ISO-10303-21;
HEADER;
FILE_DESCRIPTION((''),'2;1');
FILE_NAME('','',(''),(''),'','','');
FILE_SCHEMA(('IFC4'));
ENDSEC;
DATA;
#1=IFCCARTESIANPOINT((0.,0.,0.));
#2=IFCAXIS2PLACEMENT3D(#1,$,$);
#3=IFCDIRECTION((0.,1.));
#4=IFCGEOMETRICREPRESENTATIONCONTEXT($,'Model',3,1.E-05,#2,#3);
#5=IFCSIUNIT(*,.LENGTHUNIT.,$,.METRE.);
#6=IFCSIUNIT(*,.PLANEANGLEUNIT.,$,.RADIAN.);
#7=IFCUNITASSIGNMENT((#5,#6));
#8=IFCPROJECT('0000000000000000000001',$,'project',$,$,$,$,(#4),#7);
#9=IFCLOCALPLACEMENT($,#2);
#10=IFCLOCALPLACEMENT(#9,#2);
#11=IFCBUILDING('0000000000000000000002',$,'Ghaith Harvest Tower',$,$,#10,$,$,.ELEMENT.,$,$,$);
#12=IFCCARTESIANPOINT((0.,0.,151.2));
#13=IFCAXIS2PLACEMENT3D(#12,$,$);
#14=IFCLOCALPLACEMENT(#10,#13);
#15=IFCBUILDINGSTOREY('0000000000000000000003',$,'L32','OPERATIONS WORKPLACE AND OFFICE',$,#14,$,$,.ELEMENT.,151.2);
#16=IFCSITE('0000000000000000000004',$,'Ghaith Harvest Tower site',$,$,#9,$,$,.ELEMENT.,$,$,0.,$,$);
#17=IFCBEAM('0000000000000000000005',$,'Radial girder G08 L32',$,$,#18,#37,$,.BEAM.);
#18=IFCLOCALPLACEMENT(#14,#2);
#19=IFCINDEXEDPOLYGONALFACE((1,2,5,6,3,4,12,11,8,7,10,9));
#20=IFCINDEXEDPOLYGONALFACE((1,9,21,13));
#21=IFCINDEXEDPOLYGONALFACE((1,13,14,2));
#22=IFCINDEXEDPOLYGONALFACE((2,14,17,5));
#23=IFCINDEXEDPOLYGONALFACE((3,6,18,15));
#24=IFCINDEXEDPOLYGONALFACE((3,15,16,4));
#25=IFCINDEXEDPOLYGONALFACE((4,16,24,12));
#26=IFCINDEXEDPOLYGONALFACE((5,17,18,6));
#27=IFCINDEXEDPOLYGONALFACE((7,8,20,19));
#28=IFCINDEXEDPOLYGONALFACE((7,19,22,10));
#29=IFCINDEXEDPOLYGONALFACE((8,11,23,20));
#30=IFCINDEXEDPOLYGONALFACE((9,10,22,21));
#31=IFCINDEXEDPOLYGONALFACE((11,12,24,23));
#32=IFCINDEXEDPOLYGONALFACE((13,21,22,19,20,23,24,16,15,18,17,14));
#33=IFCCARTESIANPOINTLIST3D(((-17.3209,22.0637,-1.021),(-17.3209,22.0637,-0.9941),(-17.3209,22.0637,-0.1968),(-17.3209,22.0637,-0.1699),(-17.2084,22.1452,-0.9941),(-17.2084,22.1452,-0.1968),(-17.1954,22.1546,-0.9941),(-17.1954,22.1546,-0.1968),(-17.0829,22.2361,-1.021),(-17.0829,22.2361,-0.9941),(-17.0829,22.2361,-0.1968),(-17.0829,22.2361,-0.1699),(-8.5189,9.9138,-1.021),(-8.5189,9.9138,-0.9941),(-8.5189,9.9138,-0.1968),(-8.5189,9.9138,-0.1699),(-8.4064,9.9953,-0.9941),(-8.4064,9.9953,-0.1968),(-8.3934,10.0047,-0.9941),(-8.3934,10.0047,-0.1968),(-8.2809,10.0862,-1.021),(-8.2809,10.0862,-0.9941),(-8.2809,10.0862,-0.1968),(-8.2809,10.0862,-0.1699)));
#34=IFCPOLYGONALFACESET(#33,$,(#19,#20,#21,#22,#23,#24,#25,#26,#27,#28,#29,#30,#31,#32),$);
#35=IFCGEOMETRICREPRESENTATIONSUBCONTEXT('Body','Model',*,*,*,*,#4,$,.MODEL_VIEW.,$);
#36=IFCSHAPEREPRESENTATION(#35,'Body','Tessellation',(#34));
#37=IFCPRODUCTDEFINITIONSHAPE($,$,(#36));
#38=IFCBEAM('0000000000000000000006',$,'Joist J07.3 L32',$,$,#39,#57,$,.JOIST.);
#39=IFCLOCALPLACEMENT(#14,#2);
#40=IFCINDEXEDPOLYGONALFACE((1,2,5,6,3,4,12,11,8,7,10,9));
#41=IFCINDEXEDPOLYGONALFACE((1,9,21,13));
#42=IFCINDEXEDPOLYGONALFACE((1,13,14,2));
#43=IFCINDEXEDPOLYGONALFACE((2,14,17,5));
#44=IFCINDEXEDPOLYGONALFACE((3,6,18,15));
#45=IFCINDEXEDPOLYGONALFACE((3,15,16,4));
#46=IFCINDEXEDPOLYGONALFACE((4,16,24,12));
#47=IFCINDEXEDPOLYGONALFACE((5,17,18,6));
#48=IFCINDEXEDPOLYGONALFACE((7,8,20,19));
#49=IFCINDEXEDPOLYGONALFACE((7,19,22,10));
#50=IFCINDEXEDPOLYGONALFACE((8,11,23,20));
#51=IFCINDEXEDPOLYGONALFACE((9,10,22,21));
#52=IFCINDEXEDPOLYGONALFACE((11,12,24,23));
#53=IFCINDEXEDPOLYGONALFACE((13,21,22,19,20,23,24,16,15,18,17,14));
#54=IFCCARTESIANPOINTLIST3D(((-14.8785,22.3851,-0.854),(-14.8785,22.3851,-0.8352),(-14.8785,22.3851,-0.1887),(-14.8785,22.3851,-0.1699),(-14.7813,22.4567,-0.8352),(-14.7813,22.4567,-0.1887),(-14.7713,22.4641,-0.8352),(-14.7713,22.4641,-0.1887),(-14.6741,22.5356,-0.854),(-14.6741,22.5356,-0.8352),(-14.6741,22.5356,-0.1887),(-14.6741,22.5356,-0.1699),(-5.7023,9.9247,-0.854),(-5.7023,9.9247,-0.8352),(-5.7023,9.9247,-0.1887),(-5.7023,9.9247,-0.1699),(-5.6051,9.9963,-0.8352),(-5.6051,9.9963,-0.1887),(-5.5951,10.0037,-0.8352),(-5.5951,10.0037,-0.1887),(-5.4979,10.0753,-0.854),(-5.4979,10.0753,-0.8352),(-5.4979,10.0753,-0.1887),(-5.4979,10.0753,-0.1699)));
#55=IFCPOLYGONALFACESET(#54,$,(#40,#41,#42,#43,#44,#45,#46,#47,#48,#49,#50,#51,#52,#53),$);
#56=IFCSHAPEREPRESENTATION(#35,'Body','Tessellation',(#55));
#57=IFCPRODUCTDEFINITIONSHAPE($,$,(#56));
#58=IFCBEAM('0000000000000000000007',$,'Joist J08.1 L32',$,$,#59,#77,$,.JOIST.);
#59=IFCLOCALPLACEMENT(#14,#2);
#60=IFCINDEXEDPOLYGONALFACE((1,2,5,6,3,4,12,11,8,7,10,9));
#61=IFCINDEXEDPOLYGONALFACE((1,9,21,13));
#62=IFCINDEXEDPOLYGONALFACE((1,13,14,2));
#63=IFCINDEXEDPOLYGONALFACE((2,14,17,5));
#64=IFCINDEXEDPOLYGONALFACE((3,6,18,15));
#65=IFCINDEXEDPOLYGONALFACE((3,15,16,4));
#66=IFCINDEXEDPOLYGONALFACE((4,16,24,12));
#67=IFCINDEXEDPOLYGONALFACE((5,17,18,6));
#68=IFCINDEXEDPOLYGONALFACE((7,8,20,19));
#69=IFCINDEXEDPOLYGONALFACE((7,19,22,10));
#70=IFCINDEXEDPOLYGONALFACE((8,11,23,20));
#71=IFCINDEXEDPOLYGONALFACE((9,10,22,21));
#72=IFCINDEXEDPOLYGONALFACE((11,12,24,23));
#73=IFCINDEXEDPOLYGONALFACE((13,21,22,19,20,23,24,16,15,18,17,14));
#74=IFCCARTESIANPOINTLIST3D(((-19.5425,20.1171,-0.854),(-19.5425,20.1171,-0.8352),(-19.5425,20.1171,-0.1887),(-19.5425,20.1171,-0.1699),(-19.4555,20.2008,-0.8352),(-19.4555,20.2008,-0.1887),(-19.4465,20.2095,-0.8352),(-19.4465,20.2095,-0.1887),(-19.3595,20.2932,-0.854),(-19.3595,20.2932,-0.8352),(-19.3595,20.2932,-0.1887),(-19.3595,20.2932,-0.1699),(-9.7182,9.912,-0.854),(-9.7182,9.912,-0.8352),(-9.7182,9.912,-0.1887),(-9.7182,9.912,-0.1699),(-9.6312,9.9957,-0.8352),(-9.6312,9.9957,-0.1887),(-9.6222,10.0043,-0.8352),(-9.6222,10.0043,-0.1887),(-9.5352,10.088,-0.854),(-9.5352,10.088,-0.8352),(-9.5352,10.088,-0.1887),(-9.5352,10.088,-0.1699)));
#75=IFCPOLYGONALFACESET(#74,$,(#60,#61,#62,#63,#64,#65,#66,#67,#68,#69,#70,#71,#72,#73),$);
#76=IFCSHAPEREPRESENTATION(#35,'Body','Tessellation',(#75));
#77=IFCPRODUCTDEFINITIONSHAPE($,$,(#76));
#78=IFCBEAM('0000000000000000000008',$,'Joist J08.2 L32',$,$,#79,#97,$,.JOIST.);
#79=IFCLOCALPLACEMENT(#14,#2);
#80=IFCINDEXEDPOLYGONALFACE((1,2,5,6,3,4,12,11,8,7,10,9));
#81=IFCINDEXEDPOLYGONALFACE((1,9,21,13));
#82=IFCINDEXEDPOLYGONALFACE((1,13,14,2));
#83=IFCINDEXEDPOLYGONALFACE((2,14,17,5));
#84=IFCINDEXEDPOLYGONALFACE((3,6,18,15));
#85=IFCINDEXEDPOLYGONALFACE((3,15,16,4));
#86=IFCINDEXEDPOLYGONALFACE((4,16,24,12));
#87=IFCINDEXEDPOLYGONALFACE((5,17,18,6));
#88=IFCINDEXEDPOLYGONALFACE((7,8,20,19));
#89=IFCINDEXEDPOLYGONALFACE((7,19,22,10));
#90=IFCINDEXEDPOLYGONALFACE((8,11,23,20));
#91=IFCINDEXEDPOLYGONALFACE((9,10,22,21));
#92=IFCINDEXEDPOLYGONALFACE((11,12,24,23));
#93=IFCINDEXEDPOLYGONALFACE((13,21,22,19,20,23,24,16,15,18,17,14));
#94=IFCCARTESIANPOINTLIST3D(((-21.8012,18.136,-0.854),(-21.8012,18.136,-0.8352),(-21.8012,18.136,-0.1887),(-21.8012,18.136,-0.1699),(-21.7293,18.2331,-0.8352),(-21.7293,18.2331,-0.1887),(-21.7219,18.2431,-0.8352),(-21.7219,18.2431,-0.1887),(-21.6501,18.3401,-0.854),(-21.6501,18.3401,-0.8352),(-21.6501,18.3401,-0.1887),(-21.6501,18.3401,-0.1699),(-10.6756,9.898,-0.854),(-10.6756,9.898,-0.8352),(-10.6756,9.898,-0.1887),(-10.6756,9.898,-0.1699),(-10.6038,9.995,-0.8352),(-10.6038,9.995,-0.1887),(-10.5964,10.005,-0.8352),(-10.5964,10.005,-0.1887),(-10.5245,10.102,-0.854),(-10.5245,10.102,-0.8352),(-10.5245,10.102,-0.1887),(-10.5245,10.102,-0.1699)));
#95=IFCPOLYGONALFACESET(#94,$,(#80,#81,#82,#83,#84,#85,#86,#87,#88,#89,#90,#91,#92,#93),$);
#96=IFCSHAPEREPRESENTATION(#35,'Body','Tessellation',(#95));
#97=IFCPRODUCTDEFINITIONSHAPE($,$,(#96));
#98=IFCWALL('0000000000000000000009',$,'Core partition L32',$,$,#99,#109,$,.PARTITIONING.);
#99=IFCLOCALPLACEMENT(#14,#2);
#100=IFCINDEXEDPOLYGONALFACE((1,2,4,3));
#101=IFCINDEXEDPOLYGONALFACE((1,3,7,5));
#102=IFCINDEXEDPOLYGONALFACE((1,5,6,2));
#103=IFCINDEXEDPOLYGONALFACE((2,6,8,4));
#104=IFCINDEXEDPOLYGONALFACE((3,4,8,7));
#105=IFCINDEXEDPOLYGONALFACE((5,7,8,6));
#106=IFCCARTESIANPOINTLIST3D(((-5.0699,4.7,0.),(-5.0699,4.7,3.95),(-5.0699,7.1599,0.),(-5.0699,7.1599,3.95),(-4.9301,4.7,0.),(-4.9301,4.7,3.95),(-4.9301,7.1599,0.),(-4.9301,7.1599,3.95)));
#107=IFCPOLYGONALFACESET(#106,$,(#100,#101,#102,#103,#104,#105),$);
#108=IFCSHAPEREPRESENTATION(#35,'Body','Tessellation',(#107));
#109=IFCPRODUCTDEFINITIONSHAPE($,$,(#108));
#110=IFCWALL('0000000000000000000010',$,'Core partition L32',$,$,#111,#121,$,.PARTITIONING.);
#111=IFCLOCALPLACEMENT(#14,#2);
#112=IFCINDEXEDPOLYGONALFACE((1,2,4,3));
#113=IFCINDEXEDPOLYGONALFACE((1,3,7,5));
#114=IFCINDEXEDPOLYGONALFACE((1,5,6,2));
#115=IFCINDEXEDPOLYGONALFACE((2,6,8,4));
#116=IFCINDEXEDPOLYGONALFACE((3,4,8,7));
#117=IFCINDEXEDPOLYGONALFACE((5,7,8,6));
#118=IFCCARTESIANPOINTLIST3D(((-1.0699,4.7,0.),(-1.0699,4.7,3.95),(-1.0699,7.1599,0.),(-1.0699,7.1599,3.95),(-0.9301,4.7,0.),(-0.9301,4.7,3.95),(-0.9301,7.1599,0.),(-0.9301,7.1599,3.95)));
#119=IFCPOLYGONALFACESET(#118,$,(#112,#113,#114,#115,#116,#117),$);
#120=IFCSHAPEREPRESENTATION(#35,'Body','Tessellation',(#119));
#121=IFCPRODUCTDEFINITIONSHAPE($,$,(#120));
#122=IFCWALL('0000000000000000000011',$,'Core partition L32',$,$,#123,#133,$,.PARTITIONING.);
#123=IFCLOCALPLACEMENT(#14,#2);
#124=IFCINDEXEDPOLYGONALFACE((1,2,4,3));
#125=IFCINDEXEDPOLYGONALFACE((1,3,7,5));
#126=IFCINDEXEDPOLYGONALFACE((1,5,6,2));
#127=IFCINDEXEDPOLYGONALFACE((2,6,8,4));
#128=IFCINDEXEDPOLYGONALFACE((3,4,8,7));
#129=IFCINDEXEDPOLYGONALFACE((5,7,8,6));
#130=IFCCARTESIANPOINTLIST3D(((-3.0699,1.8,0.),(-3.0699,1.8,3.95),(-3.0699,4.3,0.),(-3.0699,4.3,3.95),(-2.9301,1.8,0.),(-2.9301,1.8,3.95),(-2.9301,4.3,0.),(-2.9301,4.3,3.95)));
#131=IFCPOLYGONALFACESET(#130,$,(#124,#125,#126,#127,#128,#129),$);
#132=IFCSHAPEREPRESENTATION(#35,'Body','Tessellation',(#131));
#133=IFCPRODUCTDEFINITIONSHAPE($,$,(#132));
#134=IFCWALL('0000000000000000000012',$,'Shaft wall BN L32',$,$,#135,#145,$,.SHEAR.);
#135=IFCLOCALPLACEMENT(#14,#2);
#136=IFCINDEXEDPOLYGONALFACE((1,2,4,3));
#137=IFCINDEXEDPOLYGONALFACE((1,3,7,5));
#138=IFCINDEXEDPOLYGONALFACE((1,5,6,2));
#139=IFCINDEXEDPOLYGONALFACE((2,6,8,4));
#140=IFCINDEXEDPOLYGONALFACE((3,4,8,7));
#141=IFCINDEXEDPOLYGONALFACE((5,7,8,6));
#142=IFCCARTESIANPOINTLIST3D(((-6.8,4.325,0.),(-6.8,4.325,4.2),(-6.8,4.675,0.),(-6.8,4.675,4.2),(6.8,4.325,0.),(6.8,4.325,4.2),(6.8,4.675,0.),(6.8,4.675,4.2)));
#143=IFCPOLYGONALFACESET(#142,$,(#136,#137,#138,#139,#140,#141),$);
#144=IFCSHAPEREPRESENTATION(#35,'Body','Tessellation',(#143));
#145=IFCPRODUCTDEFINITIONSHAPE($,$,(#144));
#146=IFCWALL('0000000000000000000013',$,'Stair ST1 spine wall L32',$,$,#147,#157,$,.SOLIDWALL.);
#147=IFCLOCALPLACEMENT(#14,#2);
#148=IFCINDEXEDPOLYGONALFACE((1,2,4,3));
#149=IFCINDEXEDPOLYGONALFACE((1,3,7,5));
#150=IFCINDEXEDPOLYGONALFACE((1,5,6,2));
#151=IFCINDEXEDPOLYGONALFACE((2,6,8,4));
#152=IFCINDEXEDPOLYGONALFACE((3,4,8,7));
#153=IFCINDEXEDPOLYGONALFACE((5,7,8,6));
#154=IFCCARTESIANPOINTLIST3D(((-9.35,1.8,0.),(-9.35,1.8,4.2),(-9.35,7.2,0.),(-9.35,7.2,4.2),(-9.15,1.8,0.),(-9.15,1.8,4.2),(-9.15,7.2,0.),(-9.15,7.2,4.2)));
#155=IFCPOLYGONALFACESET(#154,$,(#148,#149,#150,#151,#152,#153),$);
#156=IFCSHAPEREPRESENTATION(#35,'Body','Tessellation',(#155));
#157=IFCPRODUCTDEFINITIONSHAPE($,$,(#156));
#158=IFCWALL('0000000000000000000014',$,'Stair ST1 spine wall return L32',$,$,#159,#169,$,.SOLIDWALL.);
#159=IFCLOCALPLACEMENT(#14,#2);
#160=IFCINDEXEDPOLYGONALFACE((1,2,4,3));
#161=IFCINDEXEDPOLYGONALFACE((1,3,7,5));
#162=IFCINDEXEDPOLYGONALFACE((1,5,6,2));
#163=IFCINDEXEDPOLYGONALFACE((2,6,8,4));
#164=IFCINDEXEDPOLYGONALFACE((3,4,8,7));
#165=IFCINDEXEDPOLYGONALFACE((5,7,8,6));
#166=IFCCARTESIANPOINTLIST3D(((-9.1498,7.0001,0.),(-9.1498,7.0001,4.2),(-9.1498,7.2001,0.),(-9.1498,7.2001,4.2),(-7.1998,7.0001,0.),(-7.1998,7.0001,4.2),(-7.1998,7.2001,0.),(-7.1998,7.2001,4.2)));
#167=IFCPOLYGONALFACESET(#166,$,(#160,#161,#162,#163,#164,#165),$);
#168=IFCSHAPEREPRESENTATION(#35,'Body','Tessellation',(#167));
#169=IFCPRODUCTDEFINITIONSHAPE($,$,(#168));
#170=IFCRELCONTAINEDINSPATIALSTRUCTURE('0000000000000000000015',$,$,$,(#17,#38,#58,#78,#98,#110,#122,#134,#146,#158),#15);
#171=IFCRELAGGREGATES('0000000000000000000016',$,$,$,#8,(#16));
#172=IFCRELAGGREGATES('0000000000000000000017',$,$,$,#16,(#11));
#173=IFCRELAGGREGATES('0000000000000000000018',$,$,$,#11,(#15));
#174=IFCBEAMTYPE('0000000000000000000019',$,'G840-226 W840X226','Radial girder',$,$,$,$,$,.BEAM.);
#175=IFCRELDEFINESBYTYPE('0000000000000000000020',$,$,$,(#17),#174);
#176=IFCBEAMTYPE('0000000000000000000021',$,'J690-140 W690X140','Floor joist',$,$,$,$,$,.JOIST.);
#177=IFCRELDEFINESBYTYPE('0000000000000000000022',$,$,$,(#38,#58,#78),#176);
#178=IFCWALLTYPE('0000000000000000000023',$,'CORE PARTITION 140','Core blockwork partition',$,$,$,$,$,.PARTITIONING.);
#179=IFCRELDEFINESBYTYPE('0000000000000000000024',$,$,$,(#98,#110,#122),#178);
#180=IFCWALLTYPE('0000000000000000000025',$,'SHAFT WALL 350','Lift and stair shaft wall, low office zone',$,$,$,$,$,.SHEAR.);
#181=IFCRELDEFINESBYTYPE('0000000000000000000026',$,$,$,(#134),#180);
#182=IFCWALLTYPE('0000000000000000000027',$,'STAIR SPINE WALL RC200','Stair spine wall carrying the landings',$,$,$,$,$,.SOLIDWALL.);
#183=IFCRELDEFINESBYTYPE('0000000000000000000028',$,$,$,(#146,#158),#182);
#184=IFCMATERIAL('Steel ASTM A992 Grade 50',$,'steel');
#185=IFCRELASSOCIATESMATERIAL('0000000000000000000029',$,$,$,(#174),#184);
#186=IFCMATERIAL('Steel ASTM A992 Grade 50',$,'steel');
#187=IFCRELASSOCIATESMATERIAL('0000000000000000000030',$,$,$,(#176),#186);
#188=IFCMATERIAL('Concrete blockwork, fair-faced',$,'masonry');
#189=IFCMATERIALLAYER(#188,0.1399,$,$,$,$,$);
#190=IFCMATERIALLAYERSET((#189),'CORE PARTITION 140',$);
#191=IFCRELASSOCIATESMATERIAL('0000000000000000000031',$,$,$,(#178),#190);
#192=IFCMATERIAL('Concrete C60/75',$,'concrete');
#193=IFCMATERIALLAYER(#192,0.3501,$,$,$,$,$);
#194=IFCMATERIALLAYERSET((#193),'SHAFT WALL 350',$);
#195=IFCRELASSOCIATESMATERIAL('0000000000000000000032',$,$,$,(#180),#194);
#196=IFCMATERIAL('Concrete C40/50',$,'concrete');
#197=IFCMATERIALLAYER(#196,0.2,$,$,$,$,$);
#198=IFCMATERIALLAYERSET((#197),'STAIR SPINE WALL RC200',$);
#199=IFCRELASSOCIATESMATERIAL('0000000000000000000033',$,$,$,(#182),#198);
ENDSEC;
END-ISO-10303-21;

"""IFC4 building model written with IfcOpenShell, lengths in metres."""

from ifc_helpers import new_model, si_unit, direction, frame, frame_2d, origin, origin_2d, place, context, subcontext, project, spatial, rectangle, i_section, extrude, material, layer, layer_set, material_profile, profile_set, type_object, element, save


model = new_model("IFC4")

# Units and contexts
model_context = context("Model", 3, precision=1e-05, world=origin(), true_north=direction((0.0, 1.0)))
body_context = subcontext(model_context, "Body", "Model", "MODEL_VIEW")
ifc_project = project(units=[si_unit("LENGTHUNIT", "METRE"), si_unit("PLANEANGLEUNIT", "RADIAN")], contexts=[model_context])

# Site, building, storey
site_placement = place(None, origin())
site = spatial("IfcSite", under=ifc_project, at=site_placement, Name="Ghaith Harvest Tower site", CompositionType="ELEMENT", RefElevation=0.0)
building_placement = place(site_placement, origin())
building = spatial("IfcBuilding", under=site, at=building_placement, Name="Ghaith Harvest Tower", CompositionType="ELEMENT")
storey_placement = place(building_placement, frame((0.0, 0.0, 151.2)))
storey = spatial("IfcBuildingStorey", under=building, at=storey_placement, Name="L32", Description="OPERATIONS WORKPLACE AND OFFICE", CompositionType="ELEMENT", Elevation=151.2)

# Beams
ifc_material_1 = material(Name="Steel ASTM A992 Grade 50", Category="steel")
ifc_material_profile_1 = material_profile(ifc_material_1, i_section(OverallWidth=0.2939, OverallDepth=0.8511, WebThickness=0.0161, FlangeThickness=0.0269, at=origin_2d()), Name="W840X226")
ifc_profile_set_1 = profile_set([ifc_material_profile_1], Name="Steel ASTM A992 Grade 50")
beam_type_1 = type_object("IfcBeamType", Name="G840-226 W840X226", Description="Radial girder", PredefinedType="BEAM", material=ifc_profile_set_1)
beam_1_placement = place(storey_placement, frame((-8.3999, 10.0, -0.5955), z_axis=(-0.586676, 0.809822, 0.0), x_axis=(-0.809822, -0.586676, 0.0)))
element("IfcBeam", 1, at=beam_1_placement, inside=storey, type_object=beam_type_1, Name="Radial girder G08 L32", PredefinedType="BEAM", context=body_context, shape_type="SweptSolid", body=[
    extrude(i_section(OverallWidth=0.2939, OverallDepth=0.8511, WebThickness=0.0161, FlangeThickness=0.0269, at=origin_2d()), origin(), (0.0, 0.0, 1.0), 15.0032),
])
ifc_material_2 = material(Name="Steel ASTM A992 Grade 50", Category="steel")
ifc_material_profile_2 = material_profile(ifc_material_2, i_section(OverallWidth=0.2539, OverallDepth=0.6841, WebThickness=0.0125, FlangeThickness=0.0188, at=origin_2d()), Name="W690X140")
ifc_profile_set_2 = profile_set([ifc_material_profile_2], Name="Steel ASTM A992 Grade 50")
beam_type_2 = type_object("IfcBeamType", Name="J690-140 W690X140", Description="Floor joist", PredefinedType="JOIST", material=ifc_profile_set_2)
beam_2_placement = place(storey_placement, frame((-5.6001, 10.0, -0.512), z_axis=(-0.592985, 0.805214, 0.0), x_axis=(-0.805214, -0.592985, 0.0)))
element("IfcBeam", 2, at=beam_2_placement, inside=storey, type_object=beam_type_2, Name="Joist J07.3 L32", PredefinedType="JOIST", context=body_context, shape_type="SweptSolid", body=[
    extrude(i_section(OverallWidth=0.2539, OverallDepth=0.6841, WebThickness=0.0125, FlangeThickness=0.0188, at=origin_2d()), origin(), (0.0, 0.0, 1.0), 15.4746),
])
beam_3_placement = place(storey_placement, frame((-9.6267, 10.0, -0.512), z_axis=(-0.693536, 0.720422, 0.0), x_axis=(-0.720422, -0.693536, 0.0)))
element("IfcBeam", 3, at=beam_3_placement, inside=storey, type_object=beam_type_2, Name="Joist J08.1 L32", PredefinedType="JOIST", context=body_context, shape_type="SweptSolid", body=[
    extrude(i_section(OverallWidth=0.2539, OverallDepth=0.6841, WebThickness=0.0125, FlangeThickness=0.0188, at=origin_2d()), origin(), (0.0, 0.0, 1.0), 14.1655),
])
beam_4_placement = place(storey_placement, frame((-10.6001, 10.0, -0.512), z_axis=(-0.803663, 0.595085, 0.0), x_axis=(-0.595085, -0.803663, 0.0)))
element("IfcBeam", 4, at=beam_4_placement, inside=storey, type_object=beam_type_2, Name="Joist J08.2 L32", PredefinedType="JOIST", context=body_context, shape_type="SweptSolid", body=[
    extrude(i_section(OverallWidth=0.2539, OverallDepth=0.6841, WebThickness=0.0125, FlangeThickness=0.0188, at=origin_2d()), origin(), (0.0, 0.0, 1.0), 13.8435),
])

# Shared definitions
ifc_material_3 = material(Name="Concrete blockwork, fair-faced", Category="masonry")
ifc_layer_1 = layer(ifc_material_3, 0.1399)
ifc_layer_set_1 = layer_set([ifc_layer_1], Name="CORE PARTITION 140")
wall_type_1 = type_object("IfcWallType", Name="CORE PARTITION 140", Description="Core blockwork partition", PredefinedType="PARTITIONING", material=ifc_layer_set_1)

# Walls
for number, where, z_axis, x_axis, name in (
    (5, (-5.0, 4.7, 0.0), (0.0, 0.0, 1.0), (0.0, 1.0, 0.0), "Core partition L32"),
    (6, (-1.0, 4.7, 0.0), (0.0, 0.0, 1.0), (0.0, 1.0, 0.0), "Core partition L32"),
):
    element("IfcWall", number, at=place(storey_placement, frame(where, z_axis=z_axis, x_axis=x_axis)), inside=storey, type_object=wall_type_1, Name=name, PredefinedType="PARTITIONING", context=body_context, shape_type="SweptSolid", body=[
        extrude(rectangle(XDim=2.46, YDim=0.1399, at=frame_2d((1.23, 0.0))), origin(), (0.0, 0.0, 1.0), 3.95),
    ])
wall_1_placement = place(storey_placement, frame((-3.0, 1.8, 0.0), z_axis=(0.0, 0.0, 1.0), x_axis=(0.0, 1.0, 0.0)))
element("IfcWall", 7, at=wall_1_placement, inside=storey, type_object=wall_type_1, Name="Core partition L32", PredefinedType="PARTITIONING", context=body_context, shape_type="SweptSolid", body=[
    extrude(rectangle(XDim=2.5, YDim=0.1399, at=frame_2d((1.25, 0.0))), origin(), (0.0, 0.0, 1.0), 3.95),
])

# Shared definitions
ifc_material_4 = material(Name="Concrete C60/75", Category="concrete")
ifc_layer_2 = layer(ifc_material_4, 0.3501)
ifc_layer_set_2 = layer_set([ifc_layer_2], Name="SHAFT WALL 350")
wall_type_2 = type_object("IfcWallType", Name="SHAFT WALL 350", Description="Lift and stair shaft wall, low office zone", PredefinedType="SHEAR", material=ifc_layer_set_2)

# Walls
wall_2_placement = place(storey_placement, frame((-6.8, 4.5, 0.0), z_axis=(0.0, 0.0, 1.0), x_axis=(1.0, 0.0, 0.0)))
element("IfcWall", 8, at=wall_2_placement, inside=storey, type_object=wall_type_2, Name="Shaft wall BN L32", PredefinedType="SHEAR", context=body_context, shape_type="SweptSolid", body=[
    extrude(rectangle(XDim=13.6001, YDim=0.3501, at=frame_2d((6.8, 0.0))), origin(), (0.0, 0.0, 1.0), 4.2),
])
ifc_material_5 = material(Name="Concrete C40/50", Category="concrete")
ifc_layer_3 = layer(ifc_material_5, 0.2)
ifc_layer_set_3 = layer_set([ifc_layer_3], Name="STAIR SPINE WALL RC200")
wall_type_3 = type_object("IfcWallType", Name="STAIR SPINE WALL RC200", Description="Stair spine wall carrying the landings", PredefinedType="SOLIDWALL", material=ifc_layer_set_3)
wall_3_placement = place(storey_placement, frame((-9.25, 7.2, 0.0), z_axis=(0.0, 0.0, 1.0), x_axis=(0.0, -1.0, 0.0)))
element("IfcWall", 9, at=wall_3_placement, inside=storey, type_object=wall_type_3, Name="Stair ST1 spine wall L32", PredefinedType="SOLIDWALL", context=body_context, shape_type="SweptSolid", body=[
    extrude(rectangle(XDim=5.3999, YDim=0.2, at=frame_2d((2.7, 0.0))), origin(), (0.0, 0.0, 1.0), 4.2),
])
wall_4_placement = place(storey_placement, frame((-9.1499, 7.1001, 0.0), z_axis=(0.0, 0.0, 1.0), x_axis=(1.0, 0.0, 0.0)))
element("IfcWall", 10, at=wall_4_placement, inside=storey, type_object=wall_type_3, Name="Stair ST1 spine wall return L32", PredefinedType="SOLIDWALL", context=body_context, shape_type="SweptSolid", body=[
    extrude(rectangle(XDim=1.95, YDim=0.2, at=frame_2d((0.9751, 0.0))), origin(), (0.0, 0.0, 1.0), 4.2),
])

save(model, "model.ifc")
